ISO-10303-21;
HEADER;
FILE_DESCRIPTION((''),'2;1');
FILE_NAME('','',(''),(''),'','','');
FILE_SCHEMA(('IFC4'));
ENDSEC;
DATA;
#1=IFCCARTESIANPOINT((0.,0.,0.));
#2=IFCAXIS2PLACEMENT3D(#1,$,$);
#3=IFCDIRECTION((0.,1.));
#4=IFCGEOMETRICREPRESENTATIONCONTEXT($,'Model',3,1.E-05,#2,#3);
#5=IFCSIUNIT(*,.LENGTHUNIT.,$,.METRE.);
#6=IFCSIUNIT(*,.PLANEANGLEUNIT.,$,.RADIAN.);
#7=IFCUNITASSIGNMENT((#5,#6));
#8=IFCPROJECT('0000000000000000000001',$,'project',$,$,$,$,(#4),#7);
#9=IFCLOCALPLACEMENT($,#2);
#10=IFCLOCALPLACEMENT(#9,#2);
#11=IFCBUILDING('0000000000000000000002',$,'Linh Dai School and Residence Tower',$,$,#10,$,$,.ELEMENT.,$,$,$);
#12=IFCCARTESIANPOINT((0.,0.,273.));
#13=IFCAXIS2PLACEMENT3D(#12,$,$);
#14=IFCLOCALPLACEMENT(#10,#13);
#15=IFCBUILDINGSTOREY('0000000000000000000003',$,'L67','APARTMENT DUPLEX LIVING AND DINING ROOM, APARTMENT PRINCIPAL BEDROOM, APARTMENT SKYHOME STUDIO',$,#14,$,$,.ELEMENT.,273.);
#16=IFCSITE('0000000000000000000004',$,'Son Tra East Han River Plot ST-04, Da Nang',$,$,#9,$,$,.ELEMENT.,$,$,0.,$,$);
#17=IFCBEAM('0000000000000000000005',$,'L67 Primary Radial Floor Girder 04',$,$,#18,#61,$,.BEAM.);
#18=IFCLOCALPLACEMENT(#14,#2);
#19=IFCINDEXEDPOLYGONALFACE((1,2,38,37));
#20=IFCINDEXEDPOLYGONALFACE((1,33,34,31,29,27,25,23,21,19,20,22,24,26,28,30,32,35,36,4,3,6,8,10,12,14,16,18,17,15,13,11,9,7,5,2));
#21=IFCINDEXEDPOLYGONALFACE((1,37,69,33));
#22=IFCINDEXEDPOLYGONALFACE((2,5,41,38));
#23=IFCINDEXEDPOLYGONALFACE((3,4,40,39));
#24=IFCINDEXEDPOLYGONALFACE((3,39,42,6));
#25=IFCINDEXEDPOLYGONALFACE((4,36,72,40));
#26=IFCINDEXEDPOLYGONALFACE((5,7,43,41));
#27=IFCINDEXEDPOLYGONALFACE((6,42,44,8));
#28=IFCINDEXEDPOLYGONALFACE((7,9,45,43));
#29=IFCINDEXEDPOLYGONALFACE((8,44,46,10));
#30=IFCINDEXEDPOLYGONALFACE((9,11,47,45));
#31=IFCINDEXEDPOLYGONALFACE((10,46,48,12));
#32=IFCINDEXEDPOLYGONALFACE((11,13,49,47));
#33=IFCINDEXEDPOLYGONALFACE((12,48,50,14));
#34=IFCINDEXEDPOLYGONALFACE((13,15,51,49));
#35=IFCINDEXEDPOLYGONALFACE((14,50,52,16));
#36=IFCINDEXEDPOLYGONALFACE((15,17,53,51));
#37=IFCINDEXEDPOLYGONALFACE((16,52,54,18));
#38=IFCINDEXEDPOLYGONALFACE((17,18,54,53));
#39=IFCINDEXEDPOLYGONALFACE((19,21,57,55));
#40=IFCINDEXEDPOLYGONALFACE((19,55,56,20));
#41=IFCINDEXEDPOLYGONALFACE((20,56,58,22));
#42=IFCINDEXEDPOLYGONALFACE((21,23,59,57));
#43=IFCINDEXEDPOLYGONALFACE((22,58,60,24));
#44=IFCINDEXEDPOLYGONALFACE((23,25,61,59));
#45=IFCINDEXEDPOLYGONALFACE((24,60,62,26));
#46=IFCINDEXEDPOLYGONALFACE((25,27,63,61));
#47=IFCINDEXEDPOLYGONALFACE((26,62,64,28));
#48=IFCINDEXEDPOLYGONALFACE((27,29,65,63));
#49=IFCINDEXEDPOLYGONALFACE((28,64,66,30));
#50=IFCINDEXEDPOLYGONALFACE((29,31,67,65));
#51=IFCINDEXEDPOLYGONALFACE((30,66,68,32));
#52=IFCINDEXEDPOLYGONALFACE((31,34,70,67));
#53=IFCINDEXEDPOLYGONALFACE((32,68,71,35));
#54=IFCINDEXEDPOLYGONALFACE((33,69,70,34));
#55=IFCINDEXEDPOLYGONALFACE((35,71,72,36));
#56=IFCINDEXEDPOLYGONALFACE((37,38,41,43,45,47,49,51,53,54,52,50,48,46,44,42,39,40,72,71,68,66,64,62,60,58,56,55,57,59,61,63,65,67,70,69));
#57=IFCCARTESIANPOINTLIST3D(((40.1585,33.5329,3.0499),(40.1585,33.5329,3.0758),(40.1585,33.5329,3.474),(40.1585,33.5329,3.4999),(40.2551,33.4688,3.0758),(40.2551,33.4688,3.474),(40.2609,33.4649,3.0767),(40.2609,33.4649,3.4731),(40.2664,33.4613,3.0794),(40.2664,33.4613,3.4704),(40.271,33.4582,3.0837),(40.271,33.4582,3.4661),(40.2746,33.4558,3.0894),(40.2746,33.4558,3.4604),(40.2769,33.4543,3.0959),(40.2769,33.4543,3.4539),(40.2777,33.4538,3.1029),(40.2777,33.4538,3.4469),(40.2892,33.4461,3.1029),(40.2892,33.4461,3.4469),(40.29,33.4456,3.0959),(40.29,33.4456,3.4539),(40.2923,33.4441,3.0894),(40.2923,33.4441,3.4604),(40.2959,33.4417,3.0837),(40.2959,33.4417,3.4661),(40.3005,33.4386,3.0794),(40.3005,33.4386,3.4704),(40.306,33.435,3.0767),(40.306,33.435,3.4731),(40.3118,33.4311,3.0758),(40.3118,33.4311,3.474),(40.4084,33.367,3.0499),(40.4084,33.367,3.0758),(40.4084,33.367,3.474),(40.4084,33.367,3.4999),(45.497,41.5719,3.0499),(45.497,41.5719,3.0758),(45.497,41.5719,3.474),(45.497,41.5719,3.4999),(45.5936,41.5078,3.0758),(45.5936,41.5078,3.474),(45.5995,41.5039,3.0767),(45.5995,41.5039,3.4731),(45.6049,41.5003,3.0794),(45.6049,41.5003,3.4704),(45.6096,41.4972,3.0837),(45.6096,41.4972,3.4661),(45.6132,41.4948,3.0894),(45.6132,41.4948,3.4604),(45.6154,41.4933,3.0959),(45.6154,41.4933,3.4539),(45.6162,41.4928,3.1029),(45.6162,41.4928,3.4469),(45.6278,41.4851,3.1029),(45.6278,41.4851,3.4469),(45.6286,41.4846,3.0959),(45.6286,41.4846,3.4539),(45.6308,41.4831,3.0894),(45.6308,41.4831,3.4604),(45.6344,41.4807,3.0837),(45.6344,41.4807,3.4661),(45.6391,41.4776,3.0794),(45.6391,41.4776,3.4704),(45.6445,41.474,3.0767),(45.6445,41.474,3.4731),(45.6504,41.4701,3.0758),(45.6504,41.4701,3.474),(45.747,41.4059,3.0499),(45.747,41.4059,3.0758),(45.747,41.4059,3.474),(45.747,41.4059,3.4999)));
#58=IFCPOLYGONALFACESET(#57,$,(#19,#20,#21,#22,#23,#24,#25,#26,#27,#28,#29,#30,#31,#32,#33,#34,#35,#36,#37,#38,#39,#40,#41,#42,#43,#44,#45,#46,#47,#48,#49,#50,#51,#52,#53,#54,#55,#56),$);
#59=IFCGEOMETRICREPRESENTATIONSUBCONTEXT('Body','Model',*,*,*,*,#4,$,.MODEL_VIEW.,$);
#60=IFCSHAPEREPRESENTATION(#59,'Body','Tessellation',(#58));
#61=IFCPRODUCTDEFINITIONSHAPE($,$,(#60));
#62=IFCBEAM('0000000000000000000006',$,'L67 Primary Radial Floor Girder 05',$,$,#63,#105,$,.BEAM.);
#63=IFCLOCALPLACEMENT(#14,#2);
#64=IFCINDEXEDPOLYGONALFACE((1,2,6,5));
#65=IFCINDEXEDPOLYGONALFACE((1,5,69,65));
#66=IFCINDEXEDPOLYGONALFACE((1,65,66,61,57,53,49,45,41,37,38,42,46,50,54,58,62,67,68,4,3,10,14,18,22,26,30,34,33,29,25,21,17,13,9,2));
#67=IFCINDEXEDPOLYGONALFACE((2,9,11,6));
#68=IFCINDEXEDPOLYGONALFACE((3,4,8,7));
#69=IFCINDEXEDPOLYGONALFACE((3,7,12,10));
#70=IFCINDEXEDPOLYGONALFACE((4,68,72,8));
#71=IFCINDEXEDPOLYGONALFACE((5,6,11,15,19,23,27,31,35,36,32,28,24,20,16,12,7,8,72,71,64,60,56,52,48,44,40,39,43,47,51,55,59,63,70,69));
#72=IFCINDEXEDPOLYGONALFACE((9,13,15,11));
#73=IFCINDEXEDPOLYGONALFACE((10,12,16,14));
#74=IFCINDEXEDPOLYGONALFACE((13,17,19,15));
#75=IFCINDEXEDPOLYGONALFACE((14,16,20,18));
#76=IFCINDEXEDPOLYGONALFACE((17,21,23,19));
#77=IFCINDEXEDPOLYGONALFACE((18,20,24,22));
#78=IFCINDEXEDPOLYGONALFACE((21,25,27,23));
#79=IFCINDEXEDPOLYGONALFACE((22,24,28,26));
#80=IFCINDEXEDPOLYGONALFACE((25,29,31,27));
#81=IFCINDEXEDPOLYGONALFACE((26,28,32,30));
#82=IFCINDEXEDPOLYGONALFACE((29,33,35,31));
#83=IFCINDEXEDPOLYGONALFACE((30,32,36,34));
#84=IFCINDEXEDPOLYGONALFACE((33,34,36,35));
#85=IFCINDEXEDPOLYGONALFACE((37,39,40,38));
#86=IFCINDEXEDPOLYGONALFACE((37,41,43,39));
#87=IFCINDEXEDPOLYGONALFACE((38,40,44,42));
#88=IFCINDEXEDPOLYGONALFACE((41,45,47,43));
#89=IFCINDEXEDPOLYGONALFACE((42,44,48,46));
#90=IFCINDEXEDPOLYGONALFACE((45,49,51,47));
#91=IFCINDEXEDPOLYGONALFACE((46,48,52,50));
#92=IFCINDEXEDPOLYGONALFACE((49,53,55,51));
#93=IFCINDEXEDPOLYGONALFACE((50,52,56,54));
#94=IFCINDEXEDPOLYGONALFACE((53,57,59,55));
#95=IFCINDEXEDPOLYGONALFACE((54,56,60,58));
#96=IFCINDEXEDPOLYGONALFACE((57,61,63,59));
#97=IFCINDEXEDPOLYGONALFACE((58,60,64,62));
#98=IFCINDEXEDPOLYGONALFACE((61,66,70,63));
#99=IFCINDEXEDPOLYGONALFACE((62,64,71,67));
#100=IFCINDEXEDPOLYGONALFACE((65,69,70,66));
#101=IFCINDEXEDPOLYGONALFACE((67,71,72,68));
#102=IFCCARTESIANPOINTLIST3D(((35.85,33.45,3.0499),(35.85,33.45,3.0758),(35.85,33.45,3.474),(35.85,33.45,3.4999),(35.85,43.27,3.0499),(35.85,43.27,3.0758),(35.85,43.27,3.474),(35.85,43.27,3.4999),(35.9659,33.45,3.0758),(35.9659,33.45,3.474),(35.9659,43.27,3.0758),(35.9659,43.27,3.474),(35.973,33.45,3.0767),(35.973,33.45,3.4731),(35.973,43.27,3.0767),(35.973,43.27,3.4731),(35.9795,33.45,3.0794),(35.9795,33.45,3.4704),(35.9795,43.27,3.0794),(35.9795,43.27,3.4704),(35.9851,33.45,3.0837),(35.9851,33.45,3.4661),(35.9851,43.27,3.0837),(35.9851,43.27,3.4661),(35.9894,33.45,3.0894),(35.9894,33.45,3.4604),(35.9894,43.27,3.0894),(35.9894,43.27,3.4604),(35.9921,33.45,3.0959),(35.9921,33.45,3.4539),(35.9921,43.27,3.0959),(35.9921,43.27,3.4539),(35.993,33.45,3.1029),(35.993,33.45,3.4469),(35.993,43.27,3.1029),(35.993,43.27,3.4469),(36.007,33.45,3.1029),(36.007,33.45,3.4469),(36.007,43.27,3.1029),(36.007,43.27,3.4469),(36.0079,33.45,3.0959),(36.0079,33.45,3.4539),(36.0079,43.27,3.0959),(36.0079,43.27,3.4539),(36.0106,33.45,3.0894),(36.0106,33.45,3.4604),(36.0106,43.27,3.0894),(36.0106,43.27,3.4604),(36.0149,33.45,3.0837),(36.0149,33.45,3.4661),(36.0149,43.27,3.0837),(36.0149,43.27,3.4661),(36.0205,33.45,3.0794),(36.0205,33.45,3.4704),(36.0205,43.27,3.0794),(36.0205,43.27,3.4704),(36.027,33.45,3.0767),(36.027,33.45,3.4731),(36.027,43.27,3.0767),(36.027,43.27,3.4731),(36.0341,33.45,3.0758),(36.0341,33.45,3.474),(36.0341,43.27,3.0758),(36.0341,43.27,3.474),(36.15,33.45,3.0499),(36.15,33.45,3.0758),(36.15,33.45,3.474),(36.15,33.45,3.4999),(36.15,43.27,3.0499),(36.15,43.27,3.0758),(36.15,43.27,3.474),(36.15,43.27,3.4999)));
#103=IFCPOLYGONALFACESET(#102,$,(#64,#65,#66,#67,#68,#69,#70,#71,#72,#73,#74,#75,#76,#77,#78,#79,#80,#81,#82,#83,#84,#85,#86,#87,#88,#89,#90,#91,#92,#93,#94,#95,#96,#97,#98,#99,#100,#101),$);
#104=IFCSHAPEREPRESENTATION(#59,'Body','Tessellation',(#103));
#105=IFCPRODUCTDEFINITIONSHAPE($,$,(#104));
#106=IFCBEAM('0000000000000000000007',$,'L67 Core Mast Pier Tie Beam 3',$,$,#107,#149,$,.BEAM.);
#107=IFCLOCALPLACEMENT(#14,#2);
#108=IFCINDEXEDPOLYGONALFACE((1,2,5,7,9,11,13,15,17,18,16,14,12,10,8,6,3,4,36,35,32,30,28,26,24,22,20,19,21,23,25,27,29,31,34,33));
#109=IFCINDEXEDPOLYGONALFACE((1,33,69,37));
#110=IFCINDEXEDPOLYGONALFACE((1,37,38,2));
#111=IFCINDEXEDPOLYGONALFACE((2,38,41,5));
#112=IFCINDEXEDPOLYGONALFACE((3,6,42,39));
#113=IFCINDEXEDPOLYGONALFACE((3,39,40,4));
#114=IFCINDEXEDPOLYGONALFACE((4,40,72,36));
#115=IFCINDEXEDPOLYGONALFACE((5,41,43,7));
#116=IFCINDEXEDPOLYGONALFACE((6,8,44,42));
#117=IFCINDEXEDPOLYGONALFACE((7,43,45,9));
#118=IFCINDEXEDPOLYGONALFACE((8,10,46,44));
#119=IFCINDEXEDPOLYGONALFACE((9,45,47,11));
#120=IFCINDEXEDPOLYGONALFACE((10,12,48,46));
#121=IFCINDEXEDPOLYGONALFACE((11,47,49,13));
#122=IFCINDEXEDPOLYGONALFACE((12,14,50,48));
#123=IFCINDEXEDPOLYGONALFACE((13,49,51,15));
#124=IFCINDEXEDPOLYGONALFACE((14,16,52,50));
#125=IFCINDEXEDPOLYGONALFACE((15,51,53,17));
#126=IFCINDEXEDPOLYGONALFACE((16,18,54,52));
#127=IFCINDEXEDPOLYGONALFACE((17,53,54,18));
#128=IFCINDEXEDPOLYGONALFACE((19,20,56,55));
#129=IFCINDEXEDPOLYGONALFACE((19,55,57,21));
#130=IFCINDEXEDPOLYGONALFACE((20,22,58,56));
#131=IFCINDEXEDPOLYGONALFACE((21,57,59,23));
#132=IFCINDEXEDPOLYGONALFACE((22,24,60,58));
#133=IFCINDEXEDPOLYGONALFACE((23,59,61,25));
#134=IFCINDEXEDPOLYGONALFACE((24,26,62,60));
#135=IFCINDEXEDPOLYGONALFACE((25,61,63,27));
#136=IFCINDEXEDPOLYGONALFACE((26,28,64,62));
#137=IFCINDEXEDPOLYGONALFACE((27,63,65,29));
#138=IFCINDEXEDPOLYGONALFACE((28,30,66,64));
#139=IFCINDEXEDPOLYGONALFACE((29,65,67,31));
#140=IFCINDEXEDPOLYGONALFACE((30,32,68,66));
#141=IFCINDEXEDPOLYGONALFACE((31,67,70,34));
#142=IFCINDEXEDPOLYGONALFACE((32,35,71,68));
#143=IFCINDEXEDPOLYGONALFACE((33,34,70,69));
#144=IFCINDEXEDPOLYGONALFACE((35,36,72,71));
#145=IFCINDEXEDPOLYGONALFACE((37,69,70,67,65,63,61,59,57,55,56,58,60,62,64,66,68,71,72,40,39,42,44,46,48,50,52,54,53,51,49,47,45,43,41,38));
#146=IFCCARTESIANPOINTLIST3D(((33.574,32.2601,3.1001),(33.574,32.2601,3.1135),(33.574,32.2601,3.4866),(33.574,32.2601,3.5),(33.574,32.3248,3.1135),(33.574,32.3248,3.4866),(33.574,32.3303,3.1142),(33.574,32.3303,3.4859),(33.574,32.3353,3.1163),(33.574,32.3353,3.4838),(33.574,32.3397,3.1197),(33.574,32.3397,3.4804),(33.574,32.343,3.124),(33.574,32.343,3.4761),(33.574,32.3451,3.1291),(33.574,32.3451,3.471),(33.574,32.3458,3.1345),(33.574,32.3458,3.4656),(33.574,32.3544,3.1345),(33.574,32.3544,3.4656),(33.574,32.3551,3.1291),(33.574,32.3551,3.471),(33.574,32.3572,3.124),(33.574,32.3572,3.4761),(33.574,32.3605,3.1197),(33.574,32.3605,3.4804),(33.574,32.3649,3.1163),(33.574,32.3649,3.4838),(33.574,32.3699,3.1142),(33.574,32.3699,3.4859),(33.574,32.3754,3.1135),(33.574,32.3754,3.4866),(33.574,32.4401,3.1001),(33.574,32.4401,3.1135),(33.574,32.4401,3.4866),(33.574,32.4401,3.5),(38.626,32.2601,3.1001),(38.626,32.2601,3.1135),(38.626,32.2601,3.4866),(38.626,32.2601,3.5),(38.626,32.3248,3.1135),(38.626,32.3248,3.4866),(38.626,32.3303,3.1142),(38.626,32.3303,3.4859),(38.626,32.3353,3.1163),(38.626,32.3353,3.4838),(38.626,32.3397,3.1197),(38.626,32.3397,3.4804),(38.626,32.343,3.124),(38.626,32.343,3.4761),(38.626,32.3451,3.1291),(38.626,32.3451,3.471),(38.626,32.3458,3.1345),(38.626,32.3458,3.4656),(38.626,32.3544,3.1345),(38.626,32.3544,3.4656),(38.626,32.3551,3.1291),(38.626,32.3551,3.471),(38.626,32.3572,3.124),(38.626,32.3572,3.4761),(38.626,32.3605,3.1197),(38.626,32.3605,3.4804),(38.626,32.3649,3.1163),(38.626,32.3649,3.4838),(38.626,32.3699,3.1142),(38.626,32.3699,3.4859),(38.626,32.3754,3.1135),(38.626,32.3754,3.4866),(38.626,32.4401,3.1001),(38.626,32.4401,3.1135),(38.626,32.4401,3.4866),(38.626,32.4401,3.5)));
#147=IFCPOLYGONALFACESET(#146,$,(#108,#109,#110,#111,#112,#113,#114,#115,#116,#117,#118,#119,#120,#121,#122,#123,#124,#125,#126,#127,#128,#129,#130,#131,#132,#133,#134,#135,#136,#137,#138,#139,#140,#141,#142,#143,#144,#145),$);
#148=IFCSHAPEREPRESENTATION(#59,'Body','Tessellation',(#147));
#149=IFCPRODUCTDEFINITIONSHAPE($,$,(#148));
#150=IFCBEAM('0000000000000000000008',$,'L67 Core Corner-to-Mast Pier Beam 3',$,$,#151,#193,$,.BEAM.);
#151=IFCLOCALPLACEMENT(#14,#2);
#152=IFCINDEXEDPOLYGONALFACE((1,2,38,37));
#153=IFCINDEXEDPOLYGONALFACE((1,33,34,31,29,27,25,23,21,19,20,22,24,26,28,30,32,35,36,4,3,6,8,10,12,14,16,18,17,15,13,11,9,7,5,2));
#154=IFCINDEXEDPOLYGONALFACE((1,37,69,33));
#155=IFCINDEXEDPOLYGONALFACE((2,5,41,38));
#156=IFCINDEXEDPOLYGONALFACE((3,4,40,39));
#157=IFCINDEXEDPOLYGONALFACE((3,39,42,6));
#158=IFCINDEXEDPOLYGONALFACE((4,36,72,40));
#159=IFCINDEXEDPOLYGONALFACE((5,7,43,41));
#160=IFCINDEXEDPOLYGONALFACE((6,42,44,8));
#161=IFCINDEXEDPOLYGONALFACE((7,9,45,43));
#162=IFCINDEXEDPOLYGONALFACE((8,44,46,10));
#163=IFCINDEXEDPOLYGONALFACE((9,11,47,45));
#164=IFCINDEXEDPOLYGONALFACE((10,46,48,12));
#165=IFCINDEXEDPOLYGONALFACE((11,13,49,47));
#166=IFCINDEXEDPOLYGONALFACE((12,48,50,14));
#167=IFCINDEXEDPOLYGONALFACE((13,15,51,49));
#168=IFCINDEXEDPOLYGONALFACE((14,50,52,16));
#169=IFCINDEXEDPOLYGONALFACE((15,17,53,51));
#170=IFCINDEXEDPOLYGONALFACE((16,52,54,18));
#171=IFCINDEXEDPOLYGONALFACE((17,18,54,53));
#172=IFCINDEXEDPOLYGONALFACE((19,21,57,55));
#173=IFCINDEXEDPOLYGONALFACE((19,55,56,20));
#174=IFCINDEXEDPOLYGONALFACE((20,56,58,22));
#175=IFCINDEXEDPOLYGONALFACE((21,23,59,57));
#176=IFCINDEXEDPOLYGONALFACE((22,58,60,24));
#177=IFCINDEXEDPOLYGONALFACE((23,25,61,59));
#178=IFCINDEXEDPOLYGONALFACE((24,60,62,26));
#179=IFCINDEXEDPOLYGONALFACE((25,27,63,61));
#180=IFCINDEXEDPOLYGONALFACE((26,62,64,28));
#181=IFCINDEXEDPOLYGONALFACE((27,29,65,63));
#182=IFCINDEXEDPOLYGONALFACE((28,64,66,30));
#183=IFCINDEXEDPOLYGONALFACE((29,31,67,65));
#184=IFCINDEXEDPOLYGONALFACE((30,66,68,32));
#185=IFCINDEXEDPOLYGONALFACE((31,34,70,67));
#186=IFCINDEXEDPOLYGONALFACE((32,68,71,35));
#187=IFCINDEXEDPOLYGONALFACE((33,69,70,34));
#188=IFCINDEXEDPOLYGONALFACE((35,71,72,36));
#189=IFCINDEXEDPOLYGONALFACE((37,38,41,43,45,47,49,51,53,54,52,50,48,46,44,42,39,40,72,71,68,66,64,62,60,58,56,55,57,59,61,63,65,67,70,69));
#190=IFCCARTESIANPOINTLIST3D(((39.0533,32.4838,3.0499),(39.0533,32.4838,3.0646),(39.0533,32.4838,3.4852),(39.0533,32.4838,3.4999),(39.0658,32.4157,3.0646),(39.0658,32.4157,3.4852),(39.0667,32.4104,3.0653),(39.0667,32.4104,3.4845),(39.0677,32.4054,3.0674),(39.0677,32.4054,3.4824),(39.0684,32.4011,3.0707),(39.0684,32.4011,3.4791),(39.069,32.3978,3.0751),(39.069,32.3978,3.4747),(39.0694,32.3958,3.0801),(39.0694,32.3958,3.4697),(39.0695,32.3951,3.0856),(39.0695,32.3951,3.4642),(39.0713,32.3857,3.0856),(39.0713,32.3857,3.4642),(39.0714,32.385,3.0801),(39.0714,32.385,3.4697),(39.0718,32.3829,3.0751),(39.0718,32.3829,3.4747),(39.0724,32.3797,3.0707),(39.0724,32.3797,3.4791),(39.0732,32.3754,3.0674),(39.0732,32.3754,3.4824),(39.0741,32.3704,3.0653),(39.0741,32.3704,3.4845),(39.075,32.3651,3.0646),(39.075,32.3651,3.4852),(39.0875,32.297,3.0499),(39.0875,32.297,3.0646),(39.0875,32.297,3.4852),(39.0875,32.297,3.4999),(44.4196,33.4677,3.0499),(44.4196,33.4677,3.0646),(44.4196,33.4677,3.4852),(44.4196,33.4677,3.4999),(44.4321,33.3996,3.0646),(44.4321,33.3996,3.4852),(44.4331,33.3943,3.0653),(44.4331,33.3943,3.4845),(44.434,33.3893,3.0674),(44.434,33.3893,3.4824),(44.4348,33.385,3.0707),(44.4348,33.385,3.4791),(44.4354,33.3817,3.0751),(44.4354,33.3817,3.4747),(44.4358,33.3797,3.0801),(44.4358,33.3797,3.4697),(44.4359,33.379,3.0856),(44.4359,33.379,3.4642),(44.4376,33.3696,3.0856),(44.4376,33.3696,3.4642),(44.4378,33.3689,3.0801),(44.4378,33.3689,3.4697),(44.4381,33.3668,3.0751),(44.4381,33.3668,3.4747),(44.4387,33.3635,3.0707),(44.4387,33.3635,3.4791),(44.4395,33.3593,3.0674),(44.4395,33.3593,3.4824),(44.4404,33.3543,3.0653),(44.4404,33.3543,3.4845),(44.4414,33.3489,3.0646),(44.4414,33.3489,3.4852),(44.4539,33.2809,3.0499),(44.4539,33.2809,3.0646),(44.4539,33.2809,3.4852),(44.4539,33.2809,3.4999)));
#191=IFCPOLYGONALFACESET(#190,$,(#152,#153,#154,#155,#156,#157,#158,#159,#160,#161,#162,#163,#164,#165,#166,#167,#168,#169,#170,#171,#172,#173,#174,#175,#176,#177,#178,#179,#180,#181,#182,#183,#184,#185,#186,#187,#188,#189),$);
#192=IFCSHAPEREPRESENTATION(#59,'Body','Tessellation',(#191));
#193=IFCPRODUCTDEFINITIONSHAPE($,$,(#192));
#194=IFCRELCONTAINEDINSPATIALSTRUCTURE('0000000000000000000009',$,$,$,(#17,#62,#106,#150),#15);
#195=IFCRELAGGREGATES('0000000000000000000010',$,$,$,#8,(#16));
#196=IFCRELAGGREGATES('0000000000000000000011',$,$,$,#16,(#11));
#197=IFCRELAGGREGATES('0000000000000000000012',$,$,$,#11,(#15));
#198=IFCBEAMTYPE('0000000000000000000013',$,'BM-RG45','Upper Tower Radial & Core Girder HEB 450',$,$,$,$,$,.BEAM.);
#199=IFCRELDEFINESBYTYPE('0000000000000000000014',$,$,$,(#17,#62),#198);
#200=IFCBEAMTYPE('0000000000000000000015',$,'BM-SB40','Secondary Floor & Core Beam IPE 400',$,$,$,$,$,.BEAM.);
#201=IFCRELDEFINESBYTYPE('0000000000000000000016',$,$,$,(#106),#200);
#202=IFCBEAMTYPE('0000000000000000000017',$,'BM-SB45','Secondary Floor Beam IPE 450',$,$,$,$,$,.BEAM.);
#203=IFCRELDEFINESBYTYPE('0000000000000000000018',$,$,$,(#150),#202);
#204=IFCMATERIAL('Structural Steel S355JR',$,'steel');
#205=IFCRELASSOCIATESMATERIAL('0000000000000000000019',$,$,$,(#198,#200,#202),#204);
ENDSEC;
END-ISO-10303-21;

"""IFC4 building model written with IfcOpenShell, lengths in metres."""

from ifc_helpers import new_model, si_unit, direction, frame, origin, origin_2d, place, context, subcontext, project, spatial, i_section, extrude, material, material_profile, profile_set, type_object, element, save


model = new_model("IFC4")

# Units and contexts
model_context = context("Model", 3, precision=1e-05, world=origin(), true_north=direction((0.0, 1.0)))
body_context = subcontext(model_context, "Body", "Model", "MODEL_VIEW")
ifc_project = project(units=[si_unit("LENGTHUNIT", "METRE"), si_unit("PLANEANGLEUNIT", "RADIAN")], contexts=[model_context])

# Site, building, storey
site_placement = place(None, origin())
site = spatial("IfcSite", under=ifc_project, at=site_placement, Name="Son Tra East Han River Plot ST-04, Da Nang", CompositionType="ELEMENT", RefElevation=0.0)
building_placement = place(site_placement, origin())
building = spatial("IfcBuilding", under=site, at=building_placement, Name="Linh Dai School and Residence Tower", CompositionType="ELEMENT")
storey_placement = place(building_placement, frame((0.0, 0.0, 273.0)))
storey = spatial("IfcBuildingStorey", under=building, at=storey_placement, Name="L67", Description="APARTMENT DUPLEX LIVING AND DINING ROOM, APARTMENT PRINCIPAL BEDROOM, APARTMENT SKYHOME STUDIO", CompositionType="ELEMENT", Elevation=273.0)

# Shared definitions
ifc_material_1 = material(Name="Structural Steel S355JR", Category="steel")

# Beams
ifc_material_profile_1 = material_profile(ifc_material_1, i_section(OverallWidth=0.3, OverallDepth=0.45, WebThickness=0.0139, FlangeThickness=0.0259, FilletRadius=0.0271, at=origin_2d()), Name="HEB 450")
ifc_profile_set_1 = profile_set([ifc_material_profile_1], Name="Structural Steel S355JR")
beam_type_1 = type_object("IfcBeamType", Name="BM-RG45", Description="Upper Tower Radial & Core Girder HEB 450", PredefinedType="BEAM", material=ifc_profile_set_1)
beam_1_placement = place(storey_placement, frame((40.2834, 33.45, 3.2749), z_axis=(0.553211, 0.833041, 0.0), x_axis=(-0.833041, 0.553211, 0.0)))
element("IfcBeam", 1, at=beam_1_placement, inside=storey, type_object=beam_type_1, Name="L67 Primary Radial Floor Girder 04", PredefinedType="BEAM", context=body_context, shape_type="SweptSolid", body=[
    extrude(i_section(OverallWidth=0.3, OverallDepth=0.45, WebThickness=0.0139, FlangeThickness=0.0259, FilletRadius=0.0271, at=origin_2d()), origin(), (0.0, 0.0, 1.0), 9.6501),
])
beam_2_placement = place(storey_placement, frame((36.0, 33.45, 3.2749), z_axis=(0.0, 1.0, 0.0), x_axis=(-1.0, 0.0, 0.0)))
element("IfcBeam", 2, at=beam_2_placement, inside=storey, type_object=beam_type_1, Name="L67 Primary Radial Floor Girder 05", PredefinedType="BEAM", context=body_context, shape_type="SweptSolid", body=[
    extrude(i_section(OverallWidth=0.3, OverallDepth=0.45, WebThickness=0.0139, FlangeThickness=0.0259, FilletRadius=0.0271, at=origin_2d()), origin(), (0.0, 0.0, 1.0), 9.8201),
])
ifc_material_profile_2 = material_profile(ifc_material_1, i_section(OverallWidth=0.1799, OverallDepth=0.3999, WebThickness=0.0085, FlangeThickness=0.0134, FilletRadius=0.021, at=origin_2d()), Name="IPE 400")
ifc_profile_set_2 = profile_set([ifc_material_profile_2], Name="Structural Steel S355JR")
beam_type_2 = type_object("IfcBeamType", Name="BM-SB40", Description="Secondary Floor & Core Beam IPE 400", PredefinedType="BEAM", material=ifc_profile_set_2)
beam_3_placement = place(storey_placement, frame((38.626, 32.3501, 3.3), z_axis=(-1.0, 0.0, 0.0), x_axis=(0.0, -1.0, 0.0)))
element("IfcBeam", 3, at=beam_3_placement, inside=storey, type_object=beam_type_2, Name="L67 Core Mast Pier Tie Beam 3", PredefinedType="BEAM", context=body_context, shape_type="SweptSolid", body=[
    extrude(i_section(OverallWidth=0.1799, OverallDepth=0.3999, WebThickness=0.0085, FlangeThickness=0.0134, FilletRadius=0.021, at=origin_2d()), origin(), (0.0, 0.0, 1.0), 5.052),
])
ifc_material_profile_3 = material_profile(ifc_material_1, i_section(OverallWidth=0.1899, OverallDepth=0.45, WebThickness=0.0095, FlangeThickness=0.0146, FilletRadius=0.021, at=origin_2d()), Name="IPE 450")
ifc_profile_set_3 = profile_set([ifc_material_profile_3], Name="Structural Steel S355JR")
beam_type_3 = type_object("IfcBeamType", Name="BM-SB45", Description="Secondary Floor Beam IPE 450", PredefinedType="BEAM", material=ifc_profile_set_3)
beam_4_placement = place(storey_placement, frame((44.4368, 33.3743, 3.2749), z_axis=(-0.983605, -0.180334, 0.0), x_axis=(0.180334, -0.983605, 0.0)))
element("IfcBeam", 4, at=beam_4_placement, inside=storey, type_object=beam_type_3, Name="L67 Core Corner-to-Mast Pier Beam 3", PredefinedType="BEAM", context=body_context, shape_type="SweptSolid", body=[
    extrude(i_section(OverallWidth=0.1899, OverallDepth=0.45, WebThickness=0.0095, FlangeThickness=0.0146, FilletRadius=0.021, at=origin_2d()), origin(), (0.0, 0.0, 1.0), 5.4558),
])

save(model, "model.ifc")
